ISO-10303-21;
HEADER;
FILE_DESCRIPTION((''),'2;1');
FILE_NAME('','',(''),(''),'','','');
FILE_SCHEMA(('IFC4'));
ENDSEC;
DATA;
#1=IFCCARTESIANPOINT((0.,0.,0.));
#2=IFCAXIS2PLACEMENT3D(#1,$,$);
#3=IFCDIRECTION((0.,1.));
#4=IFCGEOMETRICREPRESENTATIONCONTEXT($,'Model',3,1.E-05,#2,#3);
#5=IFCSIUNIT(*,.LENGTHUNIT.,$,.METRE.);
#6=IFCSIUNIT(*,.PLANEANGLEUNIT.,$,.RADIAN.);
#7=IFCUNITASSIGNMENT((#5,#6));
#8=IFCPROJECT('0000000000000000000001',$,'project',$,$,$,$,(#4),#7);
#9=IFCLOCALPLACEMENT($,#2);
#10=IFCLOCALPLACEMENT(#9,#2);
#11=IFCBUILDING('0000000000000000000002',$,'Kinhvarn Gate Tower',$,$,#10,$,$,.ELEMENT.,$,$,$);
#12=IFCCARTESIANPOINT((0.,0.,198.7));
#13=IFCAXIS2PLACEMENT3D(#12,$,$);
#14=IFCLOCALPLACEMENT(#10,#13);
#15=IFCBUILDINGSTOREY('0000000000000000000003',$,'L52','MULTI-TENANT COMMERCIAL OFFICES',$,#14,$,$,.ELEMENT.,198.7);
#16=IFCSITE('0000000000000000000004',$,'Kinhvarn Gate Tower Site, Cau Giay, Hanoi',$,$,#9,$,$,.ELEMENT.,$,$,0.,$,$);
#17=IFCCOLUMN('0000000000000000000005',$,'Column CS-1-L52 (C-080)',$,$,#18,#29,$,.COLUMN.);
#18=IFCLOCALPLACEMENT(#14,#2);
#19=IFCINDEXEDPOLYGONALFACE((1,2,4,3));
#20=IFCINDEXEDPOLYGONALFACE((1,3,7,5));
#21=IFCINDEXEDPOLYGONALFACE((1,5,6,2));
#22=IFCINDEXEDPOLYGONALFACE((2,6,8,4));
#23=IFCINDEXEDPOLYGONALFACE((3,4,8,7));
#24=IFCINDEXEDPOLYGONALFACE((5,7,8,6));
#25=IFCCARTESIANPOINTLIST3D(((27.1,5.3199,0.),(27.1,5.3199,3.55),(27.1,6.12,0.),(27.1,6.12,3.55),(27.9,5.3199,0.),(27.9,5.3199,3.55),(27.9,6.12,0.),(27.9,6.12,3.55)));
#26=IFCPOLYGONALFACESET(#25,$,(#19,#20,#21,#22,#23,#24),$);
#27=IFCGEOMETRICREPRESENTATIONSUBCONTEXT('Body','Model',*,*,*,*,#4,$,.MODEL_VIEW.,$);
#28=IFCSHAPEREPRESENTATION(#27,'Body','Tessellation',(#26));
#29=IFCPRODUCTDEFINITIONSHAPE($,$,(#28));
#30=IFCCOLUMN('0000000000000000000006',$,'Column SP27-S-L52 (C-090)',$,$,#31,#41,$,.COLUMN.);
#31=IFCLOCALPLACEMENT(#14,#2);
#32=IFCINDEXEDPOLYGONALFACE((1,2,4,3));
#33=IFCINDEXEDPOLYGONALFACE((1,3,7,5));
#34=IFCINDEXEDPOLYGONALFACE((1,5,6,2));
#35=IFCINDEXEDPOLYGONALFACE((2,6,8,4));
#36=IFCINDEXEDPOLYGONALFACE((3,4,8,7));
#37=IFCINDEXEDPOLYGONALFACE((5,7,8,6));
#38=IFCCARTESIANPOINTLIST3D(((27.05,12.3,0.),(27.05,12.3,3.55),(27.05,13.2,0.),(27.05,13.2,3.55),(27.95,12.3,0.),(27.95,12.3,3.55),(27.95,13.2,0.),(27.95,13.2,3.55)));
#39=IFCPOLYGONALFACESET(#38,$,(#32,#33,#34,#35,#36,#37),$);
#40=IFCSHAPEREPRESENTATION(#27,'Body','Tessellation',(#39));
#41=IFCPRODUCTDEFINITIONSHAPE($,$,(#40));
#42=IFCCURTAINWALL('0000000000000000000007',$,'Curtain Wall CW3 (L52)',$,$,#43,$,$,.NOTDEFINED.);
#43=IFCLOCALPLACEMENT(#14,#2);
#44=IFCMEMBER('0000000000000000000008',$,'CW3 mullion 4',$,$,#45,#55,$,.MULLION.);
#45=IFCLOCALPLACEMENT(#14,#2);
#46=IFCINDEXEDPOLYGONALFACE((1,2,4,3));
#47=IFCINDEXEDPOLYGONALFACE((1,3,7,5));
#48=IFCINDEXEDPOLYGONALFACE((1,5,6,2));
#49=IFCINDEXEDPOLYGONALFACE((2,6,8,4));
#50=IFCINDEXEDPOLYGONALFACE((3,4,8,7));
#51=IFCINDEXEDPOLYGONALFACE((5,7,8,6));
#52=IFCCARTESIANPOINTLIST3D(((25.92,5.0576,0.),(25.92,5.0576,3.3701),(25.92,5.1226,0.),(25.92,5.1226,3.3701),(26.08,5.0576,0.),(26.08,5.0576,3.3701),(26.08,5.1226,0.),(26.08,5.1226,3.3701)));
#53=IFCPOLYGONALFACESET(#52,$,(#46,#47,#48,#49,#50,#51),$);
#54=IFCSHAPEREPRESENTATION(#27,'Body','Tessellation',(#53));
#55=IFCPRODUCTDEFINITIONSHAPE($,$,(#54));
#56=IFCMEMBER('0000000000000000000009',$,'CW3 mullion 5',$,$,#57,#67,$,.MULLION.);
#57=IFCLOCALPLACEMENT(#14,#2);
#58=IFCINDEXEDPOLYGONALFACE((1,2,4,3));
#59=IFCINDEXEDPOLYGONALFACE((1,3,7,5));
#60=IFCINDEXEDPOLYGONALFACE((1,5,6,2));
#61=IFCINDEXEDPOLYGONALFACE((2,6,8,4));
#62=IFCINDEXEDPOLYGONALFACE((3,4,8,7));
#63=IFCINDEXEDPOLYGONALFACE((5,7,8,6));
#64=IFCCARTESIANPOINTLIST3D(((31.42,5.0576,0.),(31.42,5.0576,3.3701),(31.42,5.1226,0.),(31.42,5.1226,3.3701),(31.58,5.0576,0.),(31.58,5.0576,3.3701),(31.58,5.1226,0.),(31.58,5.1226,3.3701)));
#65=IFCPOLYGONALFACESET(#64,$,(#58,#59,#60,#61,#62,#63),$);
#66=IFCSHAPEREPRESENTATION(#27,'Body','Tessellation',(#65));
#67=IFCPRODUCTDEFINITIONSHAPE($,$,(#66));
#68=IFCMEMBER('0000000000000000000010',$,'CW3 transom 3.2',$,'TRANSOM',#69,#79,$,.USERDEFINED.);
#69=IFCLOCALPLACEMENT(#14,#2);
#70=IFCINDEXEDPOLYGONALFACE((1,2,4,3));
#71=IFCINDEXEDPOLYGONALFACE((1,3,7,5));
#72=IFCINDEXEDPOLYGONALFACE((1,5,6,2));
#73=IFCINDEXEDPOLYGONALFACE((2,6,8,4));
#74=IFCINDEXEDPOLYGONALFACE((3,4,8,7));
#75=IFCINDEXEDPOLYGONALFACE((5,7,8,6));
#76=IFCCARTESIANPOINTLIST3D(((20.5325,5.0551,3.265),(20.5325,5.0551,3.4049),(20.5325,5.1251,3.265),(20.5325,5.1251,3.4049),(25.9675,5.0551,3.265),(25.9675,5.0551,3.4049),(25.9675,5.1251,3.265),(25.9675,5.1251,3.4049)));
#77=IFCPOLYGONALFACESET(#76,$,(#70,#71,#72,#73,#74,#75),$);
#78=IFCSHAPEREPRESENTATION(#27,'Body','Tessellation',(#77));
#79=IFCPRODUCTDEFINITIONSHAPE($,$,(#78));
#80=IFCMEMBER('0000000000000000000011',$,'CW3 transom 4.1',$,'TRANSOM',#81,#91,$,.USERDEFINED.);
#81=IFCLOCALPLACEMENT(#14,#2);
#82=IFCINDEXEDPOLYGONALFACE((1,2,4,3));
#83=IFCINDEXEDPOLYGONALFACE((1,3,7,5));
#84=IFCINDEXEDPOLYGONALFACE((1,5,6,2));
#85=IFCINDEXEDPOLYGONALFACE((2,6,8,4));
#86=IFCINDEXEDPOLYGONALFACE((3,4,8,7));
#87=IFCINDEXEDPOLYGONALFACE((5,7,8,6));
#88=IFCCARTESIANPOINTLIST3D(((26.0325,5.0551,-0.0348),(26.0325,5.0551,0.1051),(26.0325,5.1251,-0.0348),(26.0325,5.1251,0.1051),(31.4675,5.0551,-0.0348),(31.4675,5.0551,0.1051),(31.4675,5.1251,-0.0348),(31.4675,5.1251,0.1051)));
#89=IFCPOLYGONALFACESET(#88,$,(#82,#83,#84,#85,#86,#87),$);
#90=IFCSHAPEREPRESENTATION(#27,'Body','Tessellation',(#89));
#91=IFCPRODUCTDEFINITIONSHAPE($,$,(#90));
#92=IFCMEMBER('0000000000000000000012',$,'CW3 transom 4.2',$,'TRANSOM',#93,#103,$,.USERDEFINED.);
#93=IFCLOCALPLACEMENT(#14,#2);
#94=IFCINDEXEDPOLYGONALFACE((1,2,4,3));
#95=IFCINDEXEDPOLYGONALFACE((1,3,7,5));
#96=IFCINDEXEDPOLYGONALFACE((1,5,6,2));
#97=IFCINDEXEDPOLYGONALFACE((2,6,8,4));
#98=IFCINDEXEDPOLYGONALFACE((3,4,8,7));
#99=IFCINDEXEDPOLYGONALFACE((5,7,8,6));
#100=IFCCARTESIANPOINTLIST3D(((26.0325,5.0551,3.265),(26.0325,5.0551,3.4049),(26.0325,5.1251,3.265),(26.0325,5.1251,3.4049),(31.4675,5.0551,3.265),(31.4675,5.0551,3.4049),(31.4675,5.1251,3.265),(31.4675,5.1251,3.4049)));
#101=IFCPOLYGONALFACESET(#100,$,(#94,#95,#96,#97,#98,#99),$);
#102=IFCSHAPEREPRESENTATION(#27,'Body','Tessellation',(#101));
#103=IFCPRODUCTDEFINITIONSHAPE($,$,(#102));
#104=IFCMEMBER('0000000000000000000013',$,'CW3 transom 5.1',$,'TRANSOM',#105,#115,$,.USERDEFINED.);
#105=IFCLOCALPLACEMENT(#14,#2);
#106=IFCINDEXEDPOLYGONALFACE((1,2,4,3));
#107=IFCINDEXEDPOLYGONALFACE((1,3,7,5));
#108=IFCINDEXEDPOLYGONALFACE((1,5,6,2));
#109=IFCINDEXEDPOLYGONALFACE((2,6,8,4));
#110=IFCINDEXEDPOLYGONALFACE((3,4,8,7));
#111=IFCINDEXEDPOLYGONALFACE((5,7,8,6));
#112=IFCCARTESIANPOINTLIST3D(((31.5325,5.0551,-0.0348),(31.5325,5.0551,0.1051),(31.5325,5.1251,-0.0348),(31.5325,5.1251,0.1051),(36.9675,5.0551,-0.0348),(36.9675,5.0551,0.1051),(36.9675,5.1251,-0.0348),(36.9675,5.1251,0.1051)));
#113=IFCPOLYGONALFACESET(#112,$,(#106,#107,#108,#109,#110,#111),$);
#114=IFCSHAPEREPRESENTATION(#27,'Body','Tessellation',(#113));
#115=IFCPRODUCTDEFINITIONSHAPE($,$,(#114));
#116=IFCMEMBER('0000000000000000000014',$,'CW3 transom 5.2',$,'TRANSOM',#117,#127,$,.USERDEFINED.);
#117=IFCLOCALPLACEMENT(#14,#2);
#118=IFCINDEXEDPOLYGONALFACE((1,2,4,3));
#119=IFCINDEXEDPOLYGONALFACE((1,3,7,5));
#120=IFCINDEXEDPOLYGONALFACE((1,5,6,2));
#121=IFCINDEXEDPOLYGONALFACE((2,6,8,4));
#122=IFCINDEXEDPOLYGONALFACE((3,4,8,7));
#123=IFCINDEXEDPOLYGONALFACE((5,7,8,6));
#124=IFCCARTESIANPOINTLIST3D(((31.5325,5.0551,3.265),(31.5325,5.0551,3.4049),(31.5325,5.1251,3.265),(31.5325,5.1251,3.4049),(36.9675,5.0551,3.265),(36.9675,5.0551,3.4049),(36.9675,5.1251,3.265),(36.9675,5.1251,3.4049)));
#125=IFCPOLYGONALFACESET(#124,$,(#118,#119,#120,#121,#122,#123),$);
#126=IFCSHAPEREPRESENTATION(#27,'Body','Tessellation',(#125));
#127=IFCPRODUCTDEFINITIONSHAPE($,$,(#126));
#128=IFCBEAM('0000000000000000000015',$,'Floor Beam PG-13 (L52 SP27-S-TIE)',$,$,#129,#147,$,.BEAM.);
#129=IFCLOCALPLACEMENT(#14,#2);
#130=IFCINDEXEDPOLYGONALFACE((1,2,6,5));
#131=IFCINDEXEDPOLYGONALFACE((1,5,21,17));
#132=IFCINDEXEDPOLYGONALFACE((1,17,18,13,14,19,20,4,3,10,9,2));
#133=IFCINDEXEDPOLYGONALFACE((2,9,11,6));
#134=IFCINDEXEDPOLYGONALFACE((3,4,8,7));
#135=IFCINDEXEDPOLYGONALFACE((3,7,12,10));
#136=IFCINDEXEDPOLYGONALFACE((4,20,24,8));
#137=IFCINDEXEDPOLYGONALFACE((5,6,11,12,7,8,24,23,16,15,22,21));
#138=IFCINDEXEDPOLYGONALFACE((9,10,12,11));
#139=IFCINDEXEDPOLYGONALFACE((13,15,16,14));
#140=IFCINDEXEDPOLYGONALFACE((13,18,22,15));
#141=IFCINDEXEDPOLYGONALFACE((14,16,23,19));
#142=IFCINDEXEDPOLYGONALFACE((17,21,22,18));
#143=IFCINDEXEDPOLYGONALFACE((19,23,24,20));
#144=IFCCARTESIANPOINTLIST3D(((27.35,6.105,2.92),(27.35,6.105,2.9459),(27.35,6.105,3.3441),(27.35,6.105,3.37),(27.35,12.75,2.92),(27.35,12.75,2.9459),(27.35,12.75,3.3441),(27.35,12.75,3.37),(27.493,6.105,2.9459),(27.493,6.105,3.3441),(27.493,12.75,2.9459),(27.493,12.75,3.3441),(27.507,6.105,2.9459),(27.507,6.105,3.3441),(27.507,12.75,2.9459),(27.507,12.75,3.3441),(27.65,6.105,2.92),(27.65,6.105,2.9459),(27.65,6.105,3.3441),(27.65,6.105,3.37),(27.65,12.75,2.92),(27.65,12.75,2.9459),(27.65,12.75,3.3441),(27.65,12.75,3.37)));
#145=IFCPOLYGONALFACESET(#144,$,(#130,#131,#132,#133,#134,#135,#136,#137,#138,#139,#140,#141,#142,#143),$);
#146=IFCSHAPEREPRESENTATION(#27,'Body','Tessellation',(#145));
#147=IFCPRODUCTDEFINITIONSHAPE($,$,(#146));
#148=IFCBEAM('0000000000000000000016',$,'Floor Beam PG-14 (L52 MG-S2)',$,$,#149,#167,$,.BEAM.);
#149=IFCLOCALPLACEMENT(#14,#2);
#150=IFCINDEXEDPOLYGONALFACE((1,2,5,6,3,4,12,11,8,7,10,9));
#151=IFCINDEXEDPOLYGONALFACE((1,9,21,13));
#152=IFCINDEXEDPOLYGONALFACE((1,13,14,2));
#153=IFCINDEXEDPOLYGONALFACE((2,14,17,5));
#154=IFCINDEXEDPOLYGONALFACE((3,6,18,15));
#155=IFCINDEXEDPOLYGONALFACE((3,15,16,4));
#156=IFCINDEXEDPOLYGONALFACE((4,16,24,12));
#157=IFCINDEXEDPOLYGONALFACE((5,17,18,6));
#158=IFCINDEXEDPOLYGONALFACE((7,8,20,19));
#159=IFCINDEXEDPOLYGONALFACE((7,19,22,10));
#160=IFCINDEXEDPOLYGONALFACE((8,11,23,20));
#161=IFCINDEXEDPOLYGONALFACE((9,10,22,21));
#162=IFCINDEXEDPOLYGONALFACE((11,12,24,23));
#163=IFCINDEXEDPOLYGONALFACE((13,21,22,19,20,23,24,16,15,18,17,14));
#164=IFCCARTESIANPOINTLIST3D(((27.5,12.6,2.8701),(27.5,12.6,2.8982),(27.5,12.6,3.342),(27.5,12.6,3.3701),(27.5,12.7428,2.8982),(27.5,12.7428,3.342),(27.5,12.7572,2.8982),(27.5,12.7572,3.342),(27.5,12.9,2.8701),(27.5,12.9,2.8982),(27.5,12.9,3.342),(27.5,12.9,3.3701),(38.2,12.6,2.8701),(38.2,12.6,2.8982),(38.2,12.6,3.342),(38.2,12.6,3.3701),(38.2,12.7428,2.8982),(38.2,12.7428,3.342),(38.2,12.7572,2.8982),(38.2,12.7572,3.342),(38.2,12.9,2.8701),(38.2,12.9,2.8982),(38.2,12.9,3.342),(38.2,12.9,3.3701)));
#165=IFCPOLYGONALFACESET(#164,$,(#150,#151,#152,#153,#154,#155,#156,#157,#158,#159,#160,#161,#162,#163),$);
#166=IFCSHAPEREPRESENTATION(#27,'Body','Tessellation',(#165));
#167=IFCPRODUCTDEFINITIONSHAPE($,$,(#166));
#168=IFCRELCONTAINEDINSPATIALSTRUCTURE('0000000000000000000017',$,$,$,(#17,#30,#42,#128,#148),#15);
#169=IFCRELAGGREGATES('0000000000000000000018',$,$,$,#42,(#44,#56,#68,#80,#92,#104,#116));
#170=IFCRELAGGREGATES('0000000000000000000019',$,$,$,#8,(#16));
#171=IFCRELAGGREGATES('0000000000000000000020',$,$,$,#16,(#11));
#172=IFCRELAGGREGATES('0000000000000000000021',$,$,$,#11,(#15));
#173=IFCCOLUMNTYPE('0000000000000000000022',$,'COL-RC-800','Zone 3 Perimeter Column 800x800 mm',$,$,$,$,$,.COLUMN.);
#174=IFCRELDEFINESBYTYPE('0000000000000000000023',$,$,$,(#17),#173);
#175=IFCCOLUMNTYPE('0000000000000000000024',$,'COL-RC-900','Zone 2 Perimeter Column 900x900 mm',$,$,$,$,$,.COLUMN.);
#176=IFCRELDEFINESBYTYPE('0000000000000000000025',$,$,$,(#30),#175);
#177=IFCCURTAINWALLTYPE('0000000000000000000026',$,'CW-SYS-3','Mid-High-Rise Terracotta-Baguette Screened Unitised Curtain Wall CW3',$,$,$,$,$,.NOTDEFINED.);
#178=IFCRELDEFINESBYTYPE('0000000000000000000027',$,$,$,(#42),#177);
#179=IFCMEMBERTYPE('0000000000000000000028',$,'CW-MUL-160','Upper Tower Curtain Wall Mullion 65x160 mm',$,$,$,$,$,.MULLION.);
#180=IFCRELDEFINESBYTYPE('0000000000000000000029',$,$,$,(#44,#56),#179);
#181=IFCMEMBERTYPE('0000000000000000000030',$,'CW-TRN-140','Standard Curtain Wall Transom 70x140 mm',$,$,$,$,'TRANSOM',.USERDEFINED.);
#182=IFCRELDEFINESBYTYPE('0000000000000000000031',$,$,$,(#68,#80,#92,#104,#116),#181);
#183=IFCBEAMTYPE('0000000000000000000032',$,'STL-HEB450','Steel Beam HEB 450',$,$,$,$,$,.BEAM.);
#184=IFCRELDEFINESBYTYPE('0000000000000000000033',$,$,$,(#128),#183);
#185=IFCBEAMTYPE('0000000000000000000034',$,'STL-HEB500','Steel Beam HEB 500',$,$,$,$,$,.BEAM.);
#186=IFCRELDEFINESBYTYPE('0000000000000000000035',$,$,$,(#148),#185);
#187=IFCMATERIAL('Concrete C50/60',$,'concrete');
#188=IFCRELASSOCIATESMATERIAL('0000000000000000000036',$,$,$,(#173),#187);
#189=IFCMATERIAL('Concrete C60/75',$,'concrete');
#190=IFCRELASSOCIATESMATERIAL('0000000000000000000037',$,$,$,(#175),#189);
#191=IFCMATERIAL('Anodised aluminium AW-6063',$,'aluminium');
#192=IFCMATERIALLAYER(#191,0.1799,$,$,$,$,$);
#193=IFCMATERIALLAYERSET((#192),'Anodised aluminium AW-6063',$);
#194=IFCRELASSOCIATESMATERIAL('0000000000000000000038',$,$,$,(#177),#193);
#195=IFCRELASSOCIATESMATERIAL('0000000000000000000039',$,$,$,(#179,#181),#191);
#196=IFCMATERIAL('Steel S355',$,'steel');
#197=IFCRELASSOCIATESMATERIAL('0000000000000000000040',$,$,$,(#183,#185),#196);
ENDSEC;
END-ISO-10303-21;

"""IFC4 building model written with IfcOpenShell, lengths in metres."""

from ifc_helpers import new_model, si_unit, direction, frame, origin, origin_2d, place, context, subcontext, project, spatial, rectangle, i_section, extrude, material, layer, layer_set, material_profile, profile_set, type_object, element, aggregate, save


model = new_model("IFC4")

# Units and contexts
model_context = context("Model", 3, precision=1e-05, world=origin(), true_north=direction((0.0, 1.0)))
body_context = subcontext(model_context, "Body", "Model", "MODEL_VIEW")
ifc_project = project(units=[si_unit("LENGTHUNIT", "METRE"), si_unit("PLANEANGLEUNIT", "RADIAN")], contexts=[model_context])

# Site, building, storey
site_placement = place(None, origin())
site = spatial("IfcSite", under=ifc_project, at=site_placement, Name="Kinhvarn Gate Tower Site, Cau Giay, Hanoi", CompositionType="ELEMENT", RefElevation=0.0)
building_placement = place(site_placement, origin())
building = spatial("IfcBuilding", under=site, at=building_placement, Name="Kinhvarn Gate Tower", CompositionType="ELEMENT")
storey_placement = place(building_placement, frame((0.0, 0.0, 198.7)))
storey = spatial("IfcBuildingStorey", under=building, at=storey_placement, Name="L52", Description="MULTI-TENANT COMMERCIAL OFFICES", CompositionType="ELEMENT", Elevation=198.7)

# Columns
ifc_material_1 = material(Name="Concrete C50/60", Category="concrete")
ifc_material_profile_1 = material_profile(ifc_material_1, rectangle(XDim=0.8, YDim=0.8, at=origin_2d()), Name="RC 800x800")
ifc_profile_set_1 = profile_set([ifc_material_profile_1], Name="Concrete C50/60")
column_type_1 = type_object("IfcColumnType", Name="COL-RC-800", Description="Zone 3 Perimeter Column 800x800 mm", PredefinedType="COLUMN", material=ifc_profile_set_1)
column_1_placement = place(storey_placement, frame((27.5, 5.72, 0.0), z_axis=(0.0, 0.0, 1.0), x_axis=(1.0, 0.0, 0.0)))
element("IfcColumn", 1, at=column_1_placement, inside=storey, type_object=column_type_1, Name="Column CS-1-L52 (C-080)", PredefinedType="COLUMN", context=body_context, shape_type="SweptSolid", body=[
    extrude(rectangle(XDim=0.8, YDim=0.8, at=origin_2d()), origin(), (0.0, 0.0, 1.0), 3.55),
])
ifc_material_2 = material(Name="Concrete C60/75", Category="concrete")
ifc_material_profile_2 = material_profile(ifc_material_2, rectangle(XDim=0.8999, YDim=0.8999, at=origin_2d()), Name="RC 900x900")
ifc_profile_set_2 = profile_set([ifc_material_profile_2], Name="Concrete C60/75")
column_type_2 = type_object("IfcColumnType", Name="COL-RC-900", Description="Zone 2 Perimeter Column 900x900 mm", PredefinedType="COLUMN", material=ifc_profile_set_2)
column_2_placement = place(storey_placement, frame((27.5, 12.75, 0.0), z_axis=(0.0, 0.0, 1.0), x_axis=(1.0, 0.0, 0.0)))
element("IfcColumn", 2, at=column_2_placement, inside=storey, type_object=column_type_2, Name="Column SP27-S-L52 (C-090)", PredefinedType="COLUMN", context=body_context, shape_type="SweptSolid", body=[
    extrude(rectangle(XDim=0.8999, YDim=0.8999, at=origin_2d()), origin(), (0.0, 0.0, 1.0), 3.55),
])

# Curtain wall, members
ifc_material_3 = material(Name="Anodised aluminium AW-6063", Category="aluminium")
ifc_layer_1 = layer(ifc_material_3, 0.1799)
ifc_layer_set_1 = layer_set([ifc_layer_1], Name="Anodised aluminium AW-6063")
curtain_wall_type = type_object("IfcCurtainWallType", Name="CW-SYS-3", Description="Mid-High-Rise Terracotta-Baguette Screened Unitised Curtain Wall CW3", PredefinedType="NOTDEFINED", material=ifc_layer_set_1)
curtain_wall_placement = place(storey_placement, origin())
curtain_wall = element("IfcCurtainWall", 3, at=curtain_wall_placement, inside=storey, type_object=curtain_wall_type, Name="Curtain Wall CW3 (L52)", PredefinedType="NOTDEFINED")
ifc_material_profile_3 = material_profile(ifc_material_3, rectangle(XDim=0.0649, YDim=0.1599, at=origin_2d()), Name="ALU 65x160")
ifc_profile_set_3 = profile_set([ifc_material_profile_3], Name="Anodised aluminium AW-6063")
member_type_1 = type_object("IfcMemberType", Name="CW-MUL-160", Description="Upper Tower Curtain Wall Mullion 65x160 mm", PredefinedType="MULLION", material=ifc_profile_set_3)
member_1_placement = place(storey_placement, frame((26.0, 5.0901, 0.0), z_axis=(0.0, 0.0, 1.0), x_axis=(0.0, 1.0, 0.0)))
member_1 = element("IfcMember", 4, at=member_1_placement, type_object=member_type_1, Name="CW3 mullion 4", PredefinedType="MULLION", context=body_context, shape_type="SweptSolid", body=[
    extrude(rectangle(XDim=0.0649, YDim=0.1599, at=origin_2d()), origin(), (0.0, 0.0, 1.0), 3.3701),
])
member_2_placement = place(storey_placement, frame((31.5, 5.0901, 0.0), z_axis=(0.0, 0.0, 1.0), x_axis=(0.0, 1.0, 0.0)))
member_2 = element("IfcMember", 5, at=member_2_placement, type_object=member_type_1, Name="CW3 mullion 5", PredefinedType="MULLION", context=body_context, shape_type="SweptSolid", body=[
    extrude(rectangle(XDim=0.0649, YDim=0.1599, at=origin_2d()), origin(), (0.0, 0.0, 1.0), 3.3701),
])
ifc_material_profile_4 = material_profile(ifc_material_3, rectangle(XDim=0.0701, YDim=0.1399, at=origin_2d()), Name="ALU 70x140")
ifc_profile_set_4 = profile_set([ifc_material_profile_4], Name="Anodised aluminium AW-6063")
member_type_2 = type_object("IfcMemberType", Name="CW-TRN-140", Description="Standard Curtain Wall Transom 70x140 mm", ElementType="TRANSOM", PredefinedType="USERDEFINED", material=ifc_profile_set_4)
member_3_placement = place(storey_placement, frame((20.5325, 5.0901, 3.335), z_axis=(1.0, 0.0, 0.0), x_axis=(0.0, 1.0, 0.0)))
member_3 = element("IfcMember", 6, at=member_3_placement, type_object=member_type_2, Name="CW3 transom 3.2", ObjectType="TRANSOM", PredefinedType="USERDEFINED", context=body_context, shape_type="SweptSolid", body=[
    extrude(rectangle(XDim=0.0701, YDim=0.1399, at=origin_2d()), origin(), (0.0, 0.0, 1.0), 5.4351),
])
member_4_placement = place(storey_placement, frame((26.0325, 5.0901, 0.0352), z_axis=(1.0, 0.0, 0.0), x_axis=(0.0, 1.0, 0.0)))
member_4 = element("IfcMember", 7, at=member_4_placement, type_object=member_type_2, Name="CW3 transom 4.1", ObjectType="TRANSOM", PredefinedType="USERDEFINED", context=body_context, shape_type="SweptSolid", body=[
    extrude(rectangle(XDim=0.0701, YDim=0.1399, at=origin_2d()), origin(), (0.0, 0.0, 1.0), 5.4351),
])
member_5_placement = place(storey_placement, frame((26.0325, 5.0901, 3.335), z_axis=(1.0, 0.0, 0.0), x_axis=(0.0, 1.0, 0.0)))
member_5 = element("IfcMember", 8, at=member_5_placement, type_object=member_type_2, Name="CW3 transom 4.2", ObjectType="TRANSOM", PredefinedType="USERDEFINED", context=body_context, shape_type="SweptSolid", body=[
    extrude(rectangle(XDim=0.0701, YDim=0.1399, at=origin_2d()), origin(), (0.0, 0.0, 1.0), 5.4351),
])
member_6_placement = place(storey_placement, frame((31.5325, 5.0901, 0.0352), z_axis=(1.0, 0.0, 0.0), x_axis=(0.0, 1.0, 0.0)))
member_6 = element("IfcMember", 9, at=member_6_placement, type_object=member_type_2, Name="CW3 transom 5.1", ObjectType="TRANSOM", PredefinedType="USERDEFINED", context=body_context, shape_type="SweptSolid", body=[
    extrude(rectangle(XDim=0.0701, YDim=0.1399, at=origin_2d()), origin(), (0.0, 0.0, 1.0), 5.4351),
])
member_7_placement = place(storey_placement, frame((31.5325, 5.0901, 3.335), z_axis=(1.0, 0.0, 0.0), x_axis=(0.0, 1.0, 0.0)))
member_7 = element("IfcMember", 10, at=member_7_placement, type_object=member_type_2, Name="CW3 transom 5.2", ObjectType="TRANSOM", PredefinedType="USERDEFINED", context=body_context, shape_type="SweptSolid", body=[
    extrude(rectangle(XDim=0.0701, YDim=0.1399, at=origin_2d()), origin(), (0.0, 0.0, 1.0), 5.4351),
])

# Beams
ifc_material_4 = material(Name="Steel S355", Category="steel")
ifc_material_profile_5 = material_profile(ifc_material_4, i_section(OverallWidth=0.3, OverallDepth=0.45, WebThickness=0.0139, FlangeThickness=0.0259, at=origin_2d()), Name="HEB 450")
ifc_profile_set_5 = profile_set([ifc_material_profile_5], Name="Steel S355")
beam_type_1 = type_object("IfcBeamType", Name="STL-HEB450", Description="Steel Beam HEB 450", PredefinedType="BEAM", material=ifc_profile_set_5)
beam_1_placement = place(storey_placement, frame((27.5, 6.105, 3.145), z_axis=(0.0, 1.0, 0.0), x_axis=(-1.0, 0.0, 0.0)))
element("IfcBeam", 11, at=beam_1_placement, inside=storey, type_object=beam_type_1, Name="Floor Beam PG-13 (L52 SP27-S-TIE)", PredefinedType="BEAM", context=body_context, shape_type="SweptSolid", body=[
    extrude(i_section(OverallWidth=0.3, OverallDepth=0.45, WebThickness=0.0139, FlangeThickness=0.0259, at=origin_2d()), origin(), (0.0, 0.0, 1.0), 6.645),
])
ifc_material_profile_6 = material_profile(ifc_material_4, i_section(OverallWidth=0.3, OverallDepth=0.5, WebThickness=0.0144, FlangeThickness=0.0281, at=origin_2d()), Name="HEB 500")
ifc_profile_set_6 = profile_set([ifc_material_profile_6], Name="Steel S355")
beam_type_2 = type_object("IfcBeamType", Name="STL-HEB500", Description="Steel Beam HEB 500", PredefinedType="BEAM", material=ifc_profile_set_6)
beam_2_placement = place(storey_placement, frame((27.5, 12.75, 3.1201), z_axis=(1.0, 0.0, 0.0), x_axis=(0.0, 1.0, 0.0)))
element("IfcBeam", 12, at=beam_2_placement, inside=storey, type_object=beam_type_2, Name="Floor Beam PG-14 (L52 MG-S2)", PredefinedType="BEAM", context=body_context, shape_type="SweptSolid", body=[
    extrude(i_section(OverallWidth=0.3, OverallDepth=0.5, WebThickness=0.0144, FlangeThickness=0.0281, at=origin_2d()), origin(), (0.0, 0.0, 1.0), 10.7),
])

aggregate(curtain_wall, [member_1, member_2, member_3, member_4, member_5, member_6, member_7])

save(model, "model.ifc")
